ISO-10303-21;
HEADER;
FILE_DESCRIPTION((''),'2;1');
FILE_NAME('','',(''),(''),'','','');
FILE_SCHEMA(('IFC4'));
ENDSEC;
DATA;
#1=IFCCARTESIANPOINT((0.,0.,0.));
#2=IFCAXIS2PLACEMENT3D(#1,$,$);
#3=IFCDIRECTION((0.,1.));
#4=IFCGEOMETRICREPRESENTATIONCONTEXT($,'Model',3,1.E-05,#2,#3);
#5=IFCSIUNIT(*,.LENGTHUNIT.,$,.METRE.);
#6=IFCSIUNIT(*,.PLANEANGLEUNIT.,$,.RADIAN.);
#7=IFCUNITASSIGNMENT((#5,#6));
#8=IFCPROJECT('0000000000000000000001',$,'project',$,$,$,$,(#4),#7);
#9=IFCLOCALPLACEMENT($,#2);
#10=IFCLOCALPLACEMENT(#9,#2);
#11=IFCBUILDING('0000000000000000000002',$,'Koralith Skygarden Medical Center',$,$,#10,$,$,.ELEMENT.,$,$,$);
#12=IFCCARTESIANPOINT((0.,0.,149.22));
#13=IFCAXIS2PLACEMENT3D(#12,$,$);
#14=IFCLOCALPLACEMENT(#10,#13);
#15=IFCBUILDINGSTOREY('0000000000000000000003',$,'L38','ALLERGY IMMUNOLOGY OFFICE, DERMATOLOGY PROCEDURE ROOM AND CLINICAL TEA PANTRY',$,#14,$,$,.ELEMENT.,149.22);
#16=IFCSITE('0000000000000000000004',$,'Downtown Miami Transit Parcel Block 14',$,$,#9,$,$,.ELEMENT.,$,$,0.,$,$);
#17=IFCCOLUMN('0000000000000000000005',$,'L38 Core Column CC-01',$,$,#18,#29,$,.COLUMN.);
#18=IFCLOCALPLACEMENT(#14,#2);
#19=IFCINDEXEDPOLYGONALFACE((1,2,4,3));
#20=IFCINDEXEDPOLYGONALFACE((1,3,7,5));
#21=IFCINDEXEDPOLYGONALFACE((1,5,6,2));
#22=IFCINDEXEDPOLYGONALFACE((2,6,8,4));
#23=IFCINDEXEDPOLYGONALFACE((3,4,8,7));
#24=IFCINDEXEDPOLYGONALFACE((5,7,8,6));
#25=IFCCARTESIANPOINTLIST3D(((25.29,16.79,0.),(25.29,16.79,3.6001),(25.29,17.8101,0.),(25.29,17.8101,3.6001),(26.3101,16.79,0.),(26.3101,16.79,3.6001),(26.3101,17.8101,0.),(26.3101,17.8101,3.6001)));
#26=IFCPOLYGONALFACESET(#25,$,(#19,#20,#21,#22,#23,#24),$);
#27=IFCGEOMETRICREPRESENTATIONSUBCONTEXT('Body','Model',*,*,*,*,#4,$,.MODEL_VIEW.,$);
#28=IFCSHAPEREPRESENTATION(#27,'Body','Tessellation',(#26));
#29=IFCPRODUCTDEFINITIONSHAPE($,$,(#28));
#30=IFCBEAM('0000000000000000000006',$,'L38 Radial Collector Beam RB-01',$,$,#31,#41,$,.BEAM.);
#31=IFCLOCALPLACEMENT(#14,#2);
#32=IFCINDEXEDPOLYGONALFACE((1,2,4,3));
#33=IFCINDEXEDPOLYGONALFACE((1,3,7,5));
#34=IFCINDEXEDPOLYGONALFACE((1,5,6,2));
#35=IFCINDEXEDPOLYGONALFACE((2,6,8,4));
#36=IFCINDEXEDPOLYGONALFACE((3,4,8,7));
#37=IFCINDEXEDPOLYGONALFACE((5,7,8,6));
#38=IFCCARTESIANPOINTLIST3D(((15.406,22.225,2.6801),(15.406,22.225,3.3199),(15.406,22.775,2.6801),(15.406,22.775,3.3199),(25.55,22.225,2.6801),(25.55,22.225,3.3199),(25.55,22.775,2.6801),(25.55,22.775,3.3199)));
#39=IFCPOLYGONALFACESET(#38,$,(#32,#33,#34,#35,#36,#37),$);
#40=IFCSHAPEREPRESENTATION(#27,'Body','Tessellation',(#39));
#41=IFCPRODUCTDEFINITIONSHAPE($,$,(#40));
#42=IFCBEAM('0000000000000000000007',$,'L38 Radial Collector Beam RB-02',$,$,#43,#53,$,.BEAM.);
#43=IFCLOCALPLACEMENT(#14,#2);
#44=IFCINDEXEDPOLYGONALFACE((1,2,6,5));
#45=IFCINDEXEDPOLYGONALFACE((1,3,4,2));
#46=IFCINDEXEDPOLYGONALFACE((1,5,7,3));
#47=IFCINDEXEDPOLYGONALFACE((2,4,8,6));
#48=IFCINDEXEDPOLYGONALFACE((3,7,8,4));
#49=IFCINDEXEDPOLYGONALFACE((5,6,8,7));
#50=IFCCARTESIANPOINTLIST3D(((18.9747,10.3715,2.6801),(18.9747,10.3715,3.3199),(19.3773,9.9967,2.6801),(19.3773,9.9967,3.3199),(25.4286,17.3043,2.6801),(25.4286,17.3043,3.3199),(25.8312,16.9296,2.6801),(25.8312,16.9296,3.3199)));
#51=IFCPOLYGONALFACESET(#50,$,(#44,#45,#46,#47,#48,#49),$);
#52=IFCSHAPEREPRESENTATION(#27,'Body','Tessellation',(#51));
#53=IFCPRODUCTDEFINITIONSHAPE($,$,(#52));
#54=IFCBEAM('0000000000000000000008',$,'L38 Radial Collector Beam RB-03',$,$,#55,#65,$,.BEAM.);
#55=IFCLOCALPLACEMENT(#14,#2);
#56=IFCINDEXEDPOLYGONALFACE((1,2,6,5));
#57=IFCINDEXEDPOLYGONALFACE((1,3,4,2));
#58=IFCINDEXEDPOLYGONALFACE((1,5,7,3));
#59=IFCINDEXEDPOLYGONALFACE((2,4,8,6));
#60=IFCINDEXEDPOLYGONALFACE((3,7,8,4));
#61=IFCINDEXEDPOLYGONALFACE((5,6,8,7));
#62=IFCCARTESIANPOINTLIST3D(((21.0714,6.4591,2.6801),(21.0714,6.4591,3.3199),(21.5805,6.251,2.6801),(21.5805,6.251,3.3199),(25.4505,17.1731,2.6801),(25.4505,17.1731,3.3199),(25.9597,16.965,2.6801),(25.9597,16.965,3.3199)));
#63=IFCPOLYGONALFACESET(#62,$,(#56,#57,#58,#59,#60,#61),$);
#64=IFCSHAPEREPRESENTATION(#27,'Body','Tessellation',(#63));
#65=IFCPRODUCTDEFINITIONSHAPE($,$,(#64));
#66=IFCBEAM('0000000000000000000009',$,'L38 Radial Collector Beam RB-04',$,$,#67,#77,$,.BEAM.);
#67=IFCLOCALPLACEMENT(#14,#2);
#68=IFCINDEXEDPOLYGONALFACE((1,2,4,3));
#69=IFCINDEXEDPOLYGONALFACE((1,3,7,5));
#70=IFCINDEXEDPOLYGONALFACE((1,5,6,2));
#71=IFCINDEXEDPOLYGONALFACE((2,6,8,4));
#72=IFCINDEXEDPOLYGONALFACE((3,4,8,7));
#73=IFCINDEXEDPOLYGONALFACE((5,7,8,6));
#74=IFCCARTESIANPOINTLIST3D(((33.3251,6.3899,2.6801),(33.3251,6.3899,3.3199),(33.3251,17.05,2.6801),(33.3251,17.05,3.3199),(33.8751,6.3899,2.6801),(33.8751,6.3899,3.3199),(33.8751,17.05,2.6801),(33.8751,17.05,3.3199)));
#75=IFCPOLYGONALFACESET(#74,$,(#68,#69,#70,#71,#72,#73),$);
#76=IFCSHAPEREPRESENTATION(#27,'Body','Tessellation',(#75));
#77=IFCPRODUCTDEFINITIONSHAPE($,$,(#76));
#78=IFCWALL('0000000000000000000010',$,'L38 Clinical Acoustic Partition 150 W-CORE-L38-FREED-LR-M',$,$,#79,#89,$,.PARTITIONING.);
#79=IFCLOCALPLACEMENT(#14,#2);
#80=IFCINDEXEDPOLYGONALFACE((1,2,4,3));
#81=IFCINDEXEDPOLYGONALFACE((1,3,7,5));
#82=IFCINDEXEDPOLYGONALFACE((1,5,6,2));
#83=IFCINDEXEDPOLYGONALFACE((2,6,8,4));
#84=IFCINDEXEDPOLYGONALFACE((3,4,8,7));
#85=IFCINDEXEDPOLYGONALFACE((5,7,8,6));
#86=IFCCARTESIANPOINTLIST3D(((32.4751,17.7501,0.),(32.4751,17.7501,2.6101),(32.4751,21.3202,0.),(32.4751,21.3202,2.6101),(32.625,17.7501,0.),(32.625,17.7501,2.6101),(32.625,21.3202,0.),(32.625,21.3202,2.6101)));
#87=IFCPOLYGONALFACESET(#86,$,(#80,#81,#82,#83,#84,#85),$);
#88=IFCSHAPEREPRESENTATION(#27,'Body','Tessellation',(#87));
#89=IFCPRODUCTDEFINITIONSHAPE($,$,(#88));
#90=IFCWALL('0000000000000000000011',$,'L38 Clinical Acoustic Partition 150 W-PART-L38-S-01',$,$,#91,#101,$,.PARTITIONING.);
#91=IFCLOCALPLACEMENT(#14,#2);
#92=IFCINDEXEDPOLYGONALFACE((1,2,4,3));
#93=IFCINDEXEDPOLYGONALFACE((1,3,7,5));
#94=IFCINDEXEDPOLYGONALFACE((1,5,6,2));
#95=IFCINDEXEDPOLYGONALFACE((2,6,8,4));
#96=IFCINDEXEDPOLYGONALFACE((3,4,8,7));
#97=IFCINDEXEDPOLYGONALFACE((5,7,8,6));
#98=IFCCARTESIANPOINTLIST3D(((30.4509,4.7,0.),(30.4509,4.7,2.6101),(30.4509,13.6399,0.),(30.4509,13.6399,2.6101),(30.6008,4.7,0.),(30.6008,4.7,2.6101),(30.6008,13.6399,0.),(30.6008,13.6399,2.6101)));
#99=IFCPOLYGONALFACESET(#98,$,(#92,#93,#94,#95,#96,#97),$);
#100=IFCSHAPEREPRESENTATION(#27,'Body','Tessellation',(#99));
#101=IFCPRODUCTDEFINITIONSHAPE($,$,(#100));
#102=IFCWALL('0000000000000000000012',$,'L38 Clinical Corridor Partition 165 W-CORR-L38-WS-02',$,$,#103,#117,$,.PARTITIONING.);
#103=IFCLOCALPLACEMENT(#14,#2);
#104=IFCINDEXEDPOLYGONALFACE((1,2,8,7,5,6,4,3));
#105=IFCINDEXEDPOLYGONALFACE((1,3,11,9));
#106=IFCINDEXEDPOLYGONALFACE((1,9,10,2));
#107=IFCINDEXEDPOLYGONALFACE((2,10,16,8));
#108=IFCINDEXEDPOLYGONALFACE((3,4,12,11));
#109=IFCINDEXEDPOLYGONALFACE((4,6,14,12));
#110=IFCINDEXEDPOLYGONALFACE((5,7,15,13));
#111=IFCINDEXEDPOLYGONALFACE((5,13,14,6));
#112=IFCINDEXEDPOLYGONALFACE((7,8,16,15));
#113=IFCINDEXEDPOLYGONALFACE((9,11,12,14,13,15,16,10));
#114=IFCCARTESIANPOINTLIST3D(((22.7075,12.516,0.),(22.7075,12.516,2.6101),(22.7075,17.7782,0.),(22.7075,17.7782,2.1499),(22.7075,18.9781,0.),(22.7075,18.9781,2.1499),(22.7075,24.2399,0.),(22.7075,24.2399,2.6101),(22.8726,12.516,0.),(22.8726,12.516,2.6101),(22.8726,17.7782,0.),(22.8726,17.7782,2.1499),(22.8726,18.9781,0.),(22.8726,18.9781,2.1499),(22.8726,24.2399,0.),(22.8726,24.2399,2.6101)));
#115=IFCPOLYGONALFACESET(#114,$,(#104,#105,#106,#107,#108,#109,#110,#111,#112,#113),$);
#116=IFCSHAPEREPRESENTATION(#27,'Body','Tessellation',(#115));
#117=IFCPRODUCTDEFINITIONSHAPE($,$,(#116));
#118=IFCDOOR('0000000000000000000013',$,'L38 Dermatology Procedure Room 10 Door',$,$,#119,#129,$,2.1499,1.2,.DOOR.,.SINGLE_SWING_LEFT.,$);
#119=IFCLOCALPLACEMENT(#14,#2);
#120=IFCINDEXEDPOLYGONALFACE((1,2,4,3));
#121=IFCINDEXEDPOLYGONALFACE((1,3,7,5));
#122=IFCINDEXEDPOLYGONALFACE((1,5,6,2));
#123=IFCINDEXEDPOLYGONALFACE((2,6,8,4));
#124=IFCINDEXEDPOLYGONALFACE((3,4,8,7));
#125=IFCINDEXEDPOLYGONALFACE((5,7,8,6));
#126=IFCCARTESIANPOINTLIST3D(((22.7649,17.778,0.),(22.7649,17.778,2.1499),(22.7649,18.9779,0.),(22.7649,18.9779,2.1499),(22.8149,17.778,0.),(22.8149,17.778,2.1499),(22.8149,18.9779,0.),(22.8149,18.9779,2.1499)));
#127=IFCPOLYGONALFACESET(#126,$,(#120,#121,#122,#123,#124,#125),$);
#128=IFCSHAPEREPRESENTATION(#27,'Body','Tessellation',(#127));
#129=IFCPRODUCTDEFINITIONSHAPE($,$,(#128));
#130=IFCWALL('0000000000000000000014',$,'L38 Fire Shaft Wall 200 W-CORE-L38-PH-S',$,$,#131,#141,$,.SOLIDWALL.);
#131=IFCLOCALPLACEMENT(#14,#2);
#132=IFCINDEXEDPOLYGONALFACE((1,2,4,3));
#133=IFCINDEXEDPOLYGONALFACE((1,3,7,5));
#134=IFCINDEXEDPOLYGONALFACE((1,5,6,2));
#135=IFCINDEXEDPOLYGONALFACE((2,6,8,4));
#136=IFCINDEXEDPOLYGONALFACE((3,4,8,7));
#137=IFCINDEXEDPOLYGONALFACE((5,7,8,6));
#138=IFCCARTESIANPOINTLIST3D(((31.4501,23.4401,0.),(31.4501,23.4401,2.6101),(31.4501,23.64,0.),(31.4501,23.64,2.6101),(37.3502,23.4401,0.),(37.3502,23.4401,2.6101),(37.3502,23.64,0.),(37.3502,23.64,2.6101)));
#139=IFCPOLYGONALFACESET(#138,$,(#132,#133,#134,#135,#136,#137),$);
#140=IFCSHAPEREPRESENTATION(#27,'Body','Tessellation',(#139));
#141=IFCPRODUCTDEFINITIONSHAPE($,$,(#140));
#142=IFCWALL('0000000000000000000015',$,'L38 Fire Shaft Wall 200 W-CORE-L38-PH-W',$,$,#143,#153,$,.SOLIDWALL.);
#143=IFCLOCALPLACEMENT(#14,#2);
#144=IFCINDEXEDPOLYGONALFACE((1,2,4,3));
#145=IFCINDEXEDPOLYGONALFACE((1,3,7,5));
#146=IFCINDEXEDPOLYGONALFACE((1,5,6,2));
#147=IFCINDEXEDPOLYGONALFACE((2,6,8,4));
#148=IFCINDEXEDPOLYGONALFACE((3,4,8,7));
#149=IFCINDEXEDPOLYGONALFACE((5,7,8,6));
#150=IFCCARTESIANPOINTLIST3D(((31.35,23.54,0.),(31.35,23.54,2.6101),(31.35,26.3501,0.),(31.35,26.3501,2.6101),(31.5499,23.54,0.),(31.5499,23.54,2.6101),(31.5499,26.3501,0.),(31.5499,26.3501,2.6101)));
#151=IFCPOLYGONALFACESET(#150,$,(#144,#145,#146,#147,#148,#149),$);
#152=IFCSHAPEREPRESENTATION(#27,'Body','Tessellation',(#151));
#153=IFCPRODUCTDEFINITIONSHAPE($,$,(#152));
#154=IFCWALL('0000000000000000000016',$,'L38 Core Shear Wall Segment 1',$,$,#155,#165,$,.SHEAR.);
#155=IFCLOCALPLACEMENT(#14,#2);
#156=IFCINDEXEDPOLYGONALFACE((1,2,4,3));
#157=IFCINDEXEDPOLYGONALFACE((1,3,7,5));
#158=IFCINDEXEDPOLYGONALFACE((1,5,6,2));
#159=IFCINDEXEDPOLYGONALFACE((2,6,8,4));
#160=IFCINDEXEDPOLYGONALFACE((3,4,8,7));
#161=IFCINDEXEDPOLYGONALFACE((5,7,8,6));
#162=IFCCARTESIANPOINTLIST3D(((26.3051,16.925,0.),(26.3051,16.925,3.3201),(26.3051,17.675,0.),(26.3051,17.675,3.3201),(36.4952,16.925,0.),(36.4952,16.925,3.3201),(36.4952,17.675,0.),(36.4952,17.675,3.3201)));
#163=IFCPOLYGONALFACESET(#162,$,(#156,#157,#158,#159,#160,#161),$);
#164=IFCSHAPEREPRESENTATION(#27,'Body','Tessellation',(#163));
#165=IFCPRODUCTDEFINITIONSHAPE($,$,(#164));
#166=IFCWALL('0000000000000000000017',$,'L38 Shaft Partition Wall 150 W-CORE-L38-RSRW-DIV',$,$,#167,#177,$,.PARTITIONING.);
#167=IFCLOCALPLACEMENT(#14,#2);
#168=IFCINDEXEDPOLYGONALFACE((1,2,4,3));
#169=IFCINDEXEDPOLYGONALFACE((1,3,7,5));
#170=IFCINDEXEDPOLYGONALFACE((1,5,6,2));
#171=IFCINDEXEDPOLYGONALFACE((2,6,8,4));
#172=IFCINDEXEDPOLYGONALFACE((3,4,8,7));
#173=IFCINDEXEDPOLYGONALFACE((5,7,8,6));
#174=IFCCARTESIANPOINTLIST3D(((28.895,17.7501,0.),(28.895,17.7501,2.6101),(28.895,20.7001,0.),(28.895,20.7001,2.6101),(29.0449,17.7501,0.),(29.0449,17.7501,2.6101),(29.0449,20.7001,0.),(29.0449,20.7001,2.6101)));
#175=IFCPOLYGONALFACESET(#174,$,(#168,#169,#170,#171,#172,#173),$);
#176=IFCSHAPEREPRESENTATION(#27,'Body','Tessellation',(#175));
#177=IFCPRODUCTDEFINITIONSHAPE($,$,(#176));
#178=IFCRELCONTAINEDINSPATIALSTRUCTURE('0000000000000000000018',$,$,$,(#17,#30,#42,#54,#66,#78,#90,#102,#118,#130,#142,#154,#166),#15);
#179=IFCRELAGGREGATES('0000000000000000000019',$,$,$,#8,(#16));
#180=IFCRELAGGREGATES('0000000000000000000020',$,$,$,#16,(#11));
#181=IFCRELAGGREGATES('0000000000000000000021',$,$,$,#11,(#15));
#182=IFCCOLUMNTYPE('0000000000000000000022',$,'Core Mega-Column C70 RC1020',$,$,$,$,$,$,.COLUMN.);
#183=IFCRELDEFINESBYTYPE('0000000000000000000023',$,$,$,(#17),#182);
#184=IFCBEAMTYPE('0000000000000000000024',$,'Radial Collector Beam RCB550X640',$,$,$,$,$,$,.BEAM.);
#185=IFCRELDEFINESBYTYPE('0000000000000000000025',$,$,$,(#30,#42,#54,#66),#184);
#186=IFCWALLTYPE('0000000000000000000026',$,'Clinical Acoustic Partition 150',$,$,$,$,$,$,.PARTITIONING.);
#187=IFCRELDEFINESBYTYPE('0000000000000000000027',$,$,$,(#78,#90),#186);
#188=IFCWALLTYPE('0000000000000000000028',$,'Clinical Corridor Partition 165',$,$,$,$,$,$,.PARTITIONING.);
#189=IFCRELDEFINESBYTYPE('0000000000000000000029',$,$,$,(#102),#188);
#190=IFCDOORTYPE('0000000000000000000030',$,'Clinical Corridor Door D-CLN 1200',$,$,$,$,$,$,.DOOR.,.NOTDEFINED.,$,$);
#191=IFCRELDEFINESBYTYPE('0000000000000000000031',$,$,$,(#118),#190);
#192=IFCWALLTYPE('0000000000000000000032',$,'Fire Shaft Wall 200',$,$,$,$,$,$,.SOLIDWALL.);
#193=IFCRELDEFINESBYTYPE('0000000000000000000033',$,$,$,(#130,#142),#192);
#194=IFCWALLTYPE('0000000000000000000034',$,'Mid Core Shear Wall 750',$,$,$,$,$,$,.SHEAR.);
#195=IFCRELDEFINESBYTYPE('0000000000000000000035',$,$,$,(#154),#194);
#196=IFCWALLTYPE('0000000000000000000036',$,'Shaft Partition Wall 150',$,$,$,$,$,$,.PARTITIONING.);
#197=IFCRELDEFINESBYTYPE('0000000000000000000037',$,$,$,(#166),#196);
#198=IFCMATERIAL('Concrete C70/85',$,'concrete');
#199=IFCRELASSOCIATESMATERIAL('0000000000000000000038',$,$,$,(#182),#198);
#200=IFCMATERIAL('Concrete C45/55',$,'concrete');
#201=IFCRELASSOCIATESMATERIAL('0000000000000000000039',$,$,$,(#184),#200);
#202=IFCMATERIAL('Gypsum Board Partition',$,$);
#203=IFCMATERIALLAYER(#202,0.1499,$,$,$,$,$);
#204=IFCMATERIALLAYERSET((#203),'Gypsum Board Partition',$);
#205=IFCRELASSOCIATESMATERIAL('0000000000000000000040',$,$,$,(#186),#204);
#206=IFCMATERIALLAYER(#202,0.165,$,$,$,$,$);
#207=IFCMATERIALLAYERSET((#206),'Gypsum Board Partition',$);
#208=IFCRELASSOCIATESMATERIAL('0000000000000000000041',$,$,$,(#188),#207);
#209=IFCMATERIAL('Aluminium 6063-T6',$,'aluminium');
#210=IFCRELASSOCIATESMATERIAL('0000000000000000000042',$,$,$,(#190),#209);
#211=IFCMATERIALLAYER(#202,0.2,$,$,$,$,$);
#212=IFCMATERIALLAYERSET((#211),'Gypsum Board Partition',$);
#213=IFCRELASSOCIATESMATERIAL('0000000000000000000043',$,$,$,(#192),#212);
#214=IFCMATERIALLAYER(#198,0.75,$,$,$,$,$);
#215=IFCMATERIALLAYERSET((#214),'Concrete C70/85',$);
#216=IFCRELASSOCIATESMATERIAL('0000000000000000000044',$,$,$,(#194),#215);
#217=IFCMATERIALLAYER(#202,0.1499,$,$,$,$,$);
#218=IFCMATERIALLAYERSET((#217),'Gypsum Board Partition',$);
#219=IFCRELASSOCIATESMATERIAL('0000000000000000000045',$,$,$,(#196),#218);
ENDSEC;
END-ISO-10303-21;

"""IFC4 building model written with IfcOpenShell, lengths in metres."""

from ifc_helpers import new_model, si_unit, direction, frame, frame_2d, origin, origin_2d, place, context, subcontext, project, spatial, rectangle, extrude, material, layer, layer_set, material_profile, profile_set, type_object, element, fill, save


model = new_model("IFC4")

# Units and contexts
model_context = context("Model", 3, precision=1e-05, world=origin(), true_north=direction((0.0, 1.0)))
body_context = subcontext(model_context, "Body", "Model", "MODEL_VIEW")
ifc_project = project(units=[si_unit("LENGTHUNIT", "METRE"), si_unit("PLANEANGLEUNIT", "RADIAN")], contexts=[model_context])

# Site, building, storey
site_placement = place(None, origin())
site = spatial("IfcSite", under=ifc_project, at=site_placement, Name="Downtown Miami Transit Parcel Block 14", CompositionType="ELEMENT", RefElevation=0.0)
building_placement = place(site_placement, origin())
building = spatial("IfcBuilding", under=site, at=building_placement, Name="Koralith Skygarden Medical Center", CompositionType="ELEMENT")
storey_placement = place(building_placement, frame((0.0, 0.0, 149.22)))
storey = spatial("IfcBuildingStorey", under=building, at=storey_placement, Name="L38", Description="ALLERGY IMMUNOLOGY OFFICE, DERMATOLOGY PROCEDURE ROOM AND CLINICAL TEA PANTRY", CompositionType="ELEMENT", Elevation=149.22)

# Column
ifc_material_1 = material(Name="Concrete C70/85", Category="concrete")
ifc_material_profile_1 = material_profile(ifc_material_1, rectangle(XDim=1.02, YDim=1.02, at=origin_2d()), Name="RC1020X1020")
ifc_profile_set_1 = profile_set([ifc_material_profile_1], Name="Concrete C70/85")
column_type = type_object("IfcColumnType", Name="Core Mega-Column C70 RC1020", PredefinedType="COLUMN", material=ifc_profile_set_1)
column_placement = place(storey_placement, frame((25.8, 17.3, 0.0), z_axis=(0.0, 0.0, 1.0), x_axis=(1.0, 0.0, 0.0)))
element("IfcColumn", 1, at=column_placement, inside=storey, type_object=column_type, Name="L38 Core Column CC-01", PredefinedType="COLUMN", context=body_context, shape_type="SweptSolid", body=[
    extrude(rectangle(XDim=1.02, YDim=1.02, at=origin_2d()), origin(), (0.0, 0.0, 1.0), 3.6001),
])

# Beams
ifc_material_2 = material(Name="Concrete C45/55", Category="concrete")
ifc_material_profile_2 = material_profile(ifc_material_2, rectangle(XDim=0.55, YDim=0.6399, at=origin_2d()), Name="RCB550X640")
ifc_profile_set_2 = profile_set([ifc_material_profile_2], Name="Concrete C45/55")
beam_type = type_object("IfcBeamType", Name="Radial Collector Beam RCB550X640", PredefinedType="BEAM", material=ifc_profile_set_2)
beam_1_placement = place(storey_placement, frame((25.55, 22.5, 3.0), z_axis=(-1.0, 0.0, 0.0), x_axis=(0.0, -1.0, 0.0)))
element("IfcBeam", 2, at=beam_1_placement, inside=storey, type_object=beam_type, Name="L38 Radial Collector Beam RB-01", PredefinedType="BEAM", context=body_context, shape_type="SweptSolid", body=[
    extrude(rectangle(XDim=0.55, YDim=0.6399, at=origin_2d()), origin(), (0.0, 0.0, 1.0), 10.144),
])
beam_2_placement = place(storey_placement, frame((25.6299, 17.1169, 3.0), z_axis=(-0.681369, -0.73194, 0.0), x_axis=(0.73194, -0.681369, 0.0)))
element("IfcBeam", 3, at=beam_2_placement, inside=storey, type_object=beam_type, Name="L38 Radial Collector Beam RB-02", PredefinedType="BEAM", context=body_context, shape_type="SweptSolid", body=[
    extrude(rectangle(XDim=0.55, YDim=0.6399, at=origin_2d()), origin(), (0.0, 0.0, 1.0), 9.4719),
])
beam_3_placement = place(storey_placement, frame((25.7051, 17.0691, 3.0), z_axis=(-0.378345, -0.925665, 0.0), x_axis=(0.925665, -0.378345, 0.0)))
element("IfcBeam", 4, at=beam_3_placement, inside=storey, type_object=beam_type, Name="L38 Radial Collector Beam RB-03", PredefinedType="BEAM", context=body_context, shape_type="SweptSolid", body=[
    extrude(rectangle(XDim=0.55, YDim=0.6399, at=origin_2d()), origin(), (0.0, 0.0, 1.0), 11.5745),
])
beam_4_placement = place(storey_placement, frame((33.6001, 17.05, 3.0), z_axis=(0.0, -1.0, 0.0), x_axis=(1.0, 0.0, 0.0)))
element("IfcBeam", 5, at=beam_4_placement, inside=storey, type_object=beam_type, Name="L38 Radial Collector Beam RB-04", PredefinedType="BEAM", context=body_context, shape_type="SweptSolid", body=[
    extrude(rectangle(XDim=0.55, YDim=0.6399, at=origin_2d()), origin(), (0.0, 0.0, 1.0), 10.6602),
])

# Shared definitions
ifc_material_3 = material(Name="Gypsum Board Partition")
ifc_layer_1 = layer(ifc_material_3, 0.1499)
ifc_layer_set_1 = layer_set([ifc_layer_1], Name="Gypsum Board Partition")
wall_type_1 = type_object("IfcWallType", Name="Clinical Acoustic Partition 150", PredefinedType="PARTITIONING", material=ifc_layer_set_1)
ifc_material_4 = material(Name="Aluminium 6063-T6", Category="aluminium")

# Walls
wall_1_placement = place(storey_placement, frame((32.55, 17.75, 0.0), z_axis=(0.0, 0.0, 1.0), x_axis=(0.0, 1.0, 0.0)))
element("IfcWall", 6, at=wall_1_placement, inside=storey, type_object=wall_type_1, Name="L38 Clinical Acoustic Partition 150 W-CORE-L38-FREED-LR-M", PredefinedType="PARTITIONING", context=body_context, shape_type="SweptSolid", body=[
    extrude(rectangle(XDim=3.5701, YDim=0.1499, at=frame_2d((1.7852, 0.0))), origin(), (0.0, 0.0, 1.0), 2.6101),
])
wall_2_placement = place(storey_placement, frame((30.5259, 13.6399, 0.0), z_axis=(0.0, 0.0, 1.0), x_axis=(0.0, -1.0, 0.0)))
element("IfcWall", 7, at=wall_2_placement, inside=storey, type_object=wall_type_1, Name="L38 Clinical Acoustic Partition 150 W-PART-L38-S-01", PredefinedType="PARTITIONING", context=body_context, shape_type="SweptSolid", body=[
    extrude(rectangle(XDim=8.9399, YDim=0.1499, at=frame_2d((4.47, 0.0))), origin(), (0.0, 0.0, 1.0), 2.6101),
])

# Wall, opening, door
ifc_layer_2 = layer(ifc_material_3, 0.165)
ifc_layer_set_2 = layer_set([ifc_layer_2], Name="Gypsum Board Partition")
wall_type_2 = type_object("IfcWallType", Name="Clinical Corridor Partition 165", PredefinedType="PARTITIONING", material=ifc_layer_set_2)
door_type_1 = type_object("IfcDoorType", Name="Clinical Corridor Door D-CLN 1200", OperationType="NOTDEFINED", PredefinedType="DOOR", material=ifc_material_4)
wall_3_placement = place(storey_placement, frame((22.79, 12.5161, 0.0), z_axis=(0.0, 0.0, 1.0), x_axis=(0.0, 1.0, 0.0)))
wall_3 = element("IfcWall", 8, at=wall_3_placement, inside=storey, type_object=wall_type_2, Name="L38 Clinical Corridor Partition 165 W-CORR-L38-WS-02", PredefinedType="PARTITIONING", context=body_context, shape_type="SweptSolid", body=[
    extrude(rectangle(XDim=11.7239, YDim=0.165, at=frame_2d((5.8618, 0.0))), origin(), (0.0, 0.0, 1.0), 2.6101),
])
opening_1_placement = place(wall_3_placement, frame((5.262, 0.0, 0.0)))
opening_1 = element("IfcOpeningElement", 9, at=opening_1_placement, cuts=wall_3, PredefinedType="OPENING", context=body_context, shape_type="SweptSolid", body=[
    extrude(rectangle(XDim=1.2, YDim=2.1499, at=frame_2d((0.6001, 1.075))), frame((0.0, 0.0925, 0.0), z_axis=(0.0, -1.0, 0.0), x_axis=(1.0, 0.0, 0.0)), (0.0, 0.0, 1.0), 0.1851),
])
door_1_placement = place(opening_1_placement, frame((1.2, 0.0, 0.0), z_axis=(0.0, 0.0, 1.0), x_axis=(-1.0, 0.0, 0.0)))
door_1 = element("IfcDoor", 10, at=door_1_placement, inside=storey, type_object=door_type_1, Name="L38 Dermatology Procedure Room 10 Door", OperationType="SINGLE_SWING_LEFT", OverallHeight=2.1499, OverallWidth=1.2, PredefinedType="DOOR", context=body_context, shape_type="SweptSolid", body=[
    extrude(rectangle(XDim=1.2, YDim=2.1499, at=frame_2d((0.6001, 1.075))), frame((0.0, 0.0249, 0.0), z_axis=(0.0, -1.0, 0.0), x_axis=(1.0, 0.0, 0.0)), (0.0, 0.0, 1.0), 0.05),
])
fill(opening_1, door_1)
ifc_layer_3 = layer(ifc_material_3, 0.2)
ifc_layer_set_3 = layer_set([ifc_layer_3], Name="Gypsum Board Partition")
wall_type_3 = type_object("IfcWallType", Name="Fire Shaft Wall 200", PredefinedType="SOLIDWALL", material=ifc_layer_set_3)

# Walls
wall_4_placement = place(storey_placement, frame((31.45, 23.54, 0.0), z_axis=(0.0, 0.0, 1.0), x_axis=(1.0, 0.0, 0.0)))
element("IfcWall", 11, at=wall_4_placement, inside=storey, type_object=wall_type_3, Name="L38 Fire Shaft Wall 200 W-CORE-L38-PH-S", PredefinedType="SOLIDWALL", context=body_context, shape_type="SweptSolid", body=[
    extrude(rectangle(XDim=5.9001, YDim=0.2, at=frame_2d((2.9502, 0.0))), origin(), (0.0, 0.0, 1.0), 2.6101),
])
wall_5_placement = place(storey_placement, frame((31.45, 23.54, 0.0), z_axis=(0.0, 0.0, 1.0), x_axis=(0.0, 1.0, 0.0)))
element("IfcWall", 12, at=wall_5_placement, inside=storey, type_object=wall_type_3, Name="L38 Fire Shaft Wall 200 W-CORE-L38-PH-W", PredefinedType="SOLIDWALL", context=body_context, shape_type="SweptSolid", body=[
    extrude(rectangle(XDim=2.8101, YDim=0.2, at=frame_2d((1.405, 0.0))), origin(), (0.0, 0.0, 1.0), 2.6101),
])
ifc_layer_4 = layer(ifc_material_1, 0.75)
ifc_layer_set_4 = layer_set([ifc_layer_4], Name="Concrete C70/85")
wall_type_4 = type_object("IfcWallType", Name="Mid Core Shear Wall 750", PredefinedType="SHEAR", material=ifc_layer_set_4)
wall_6_placement = place(storey_placement, frame((26.3049, 17.3, 0.0), z_axis=(0.0, 0.0, 1.0), x_axis=(1.0, 0.0, 0.0)))
element("IfcWall", 13, at=wall_6_placement, inside=storey, type_object=wall_type_4, Name="L38 Core Shear Wall Segment 1", PredefinedType="SHEAR", context=body_context, shape_type="SweptSolid", body=[
    extrude(rectangle(XDim=10.1902, YDim=0.75, at=frame_2d((5.0952, 0.0))), origin(), (0.0, 0.0, 1.0), 3.3201),
])
ifc_layer_5 = layer(ifc_material_3, 0.1499)
ifc_layer_set_5 = layer_set([ifc_layer_5], Name="Gypsum Board Partition")
wall_type_5 = type_object("IfcWallType", Name="Shaft Partition Wall 150", PredefinedType="PARTITIONING", material=ifc_layer_set_5)
wall_7_placement = place(storey_placement, frame((28.97, 17.75, 0.0), z_axis=(0.0, 0.0, 1.0), x_axis=(0.0, 1.0, 0.0)))
element("IfcWall", 14, at=wall_7_placement, inside=storey, type_object=wall_type_5, Name="L38 Shaft Partition Wall 150 W-CORE-L38-RSRW-DIV", PredefinedType="PARTITIONING", context=body_context, shape_type="SweptSolid", body=[
    extrude(rectangle(XDim=2.95, YDim=0.1499, at=frame_2d((1.4751, 0.0))), origin(), (0.0, 0.0, 1.0), 2.6101),
])

save(model, "model.ifc")
